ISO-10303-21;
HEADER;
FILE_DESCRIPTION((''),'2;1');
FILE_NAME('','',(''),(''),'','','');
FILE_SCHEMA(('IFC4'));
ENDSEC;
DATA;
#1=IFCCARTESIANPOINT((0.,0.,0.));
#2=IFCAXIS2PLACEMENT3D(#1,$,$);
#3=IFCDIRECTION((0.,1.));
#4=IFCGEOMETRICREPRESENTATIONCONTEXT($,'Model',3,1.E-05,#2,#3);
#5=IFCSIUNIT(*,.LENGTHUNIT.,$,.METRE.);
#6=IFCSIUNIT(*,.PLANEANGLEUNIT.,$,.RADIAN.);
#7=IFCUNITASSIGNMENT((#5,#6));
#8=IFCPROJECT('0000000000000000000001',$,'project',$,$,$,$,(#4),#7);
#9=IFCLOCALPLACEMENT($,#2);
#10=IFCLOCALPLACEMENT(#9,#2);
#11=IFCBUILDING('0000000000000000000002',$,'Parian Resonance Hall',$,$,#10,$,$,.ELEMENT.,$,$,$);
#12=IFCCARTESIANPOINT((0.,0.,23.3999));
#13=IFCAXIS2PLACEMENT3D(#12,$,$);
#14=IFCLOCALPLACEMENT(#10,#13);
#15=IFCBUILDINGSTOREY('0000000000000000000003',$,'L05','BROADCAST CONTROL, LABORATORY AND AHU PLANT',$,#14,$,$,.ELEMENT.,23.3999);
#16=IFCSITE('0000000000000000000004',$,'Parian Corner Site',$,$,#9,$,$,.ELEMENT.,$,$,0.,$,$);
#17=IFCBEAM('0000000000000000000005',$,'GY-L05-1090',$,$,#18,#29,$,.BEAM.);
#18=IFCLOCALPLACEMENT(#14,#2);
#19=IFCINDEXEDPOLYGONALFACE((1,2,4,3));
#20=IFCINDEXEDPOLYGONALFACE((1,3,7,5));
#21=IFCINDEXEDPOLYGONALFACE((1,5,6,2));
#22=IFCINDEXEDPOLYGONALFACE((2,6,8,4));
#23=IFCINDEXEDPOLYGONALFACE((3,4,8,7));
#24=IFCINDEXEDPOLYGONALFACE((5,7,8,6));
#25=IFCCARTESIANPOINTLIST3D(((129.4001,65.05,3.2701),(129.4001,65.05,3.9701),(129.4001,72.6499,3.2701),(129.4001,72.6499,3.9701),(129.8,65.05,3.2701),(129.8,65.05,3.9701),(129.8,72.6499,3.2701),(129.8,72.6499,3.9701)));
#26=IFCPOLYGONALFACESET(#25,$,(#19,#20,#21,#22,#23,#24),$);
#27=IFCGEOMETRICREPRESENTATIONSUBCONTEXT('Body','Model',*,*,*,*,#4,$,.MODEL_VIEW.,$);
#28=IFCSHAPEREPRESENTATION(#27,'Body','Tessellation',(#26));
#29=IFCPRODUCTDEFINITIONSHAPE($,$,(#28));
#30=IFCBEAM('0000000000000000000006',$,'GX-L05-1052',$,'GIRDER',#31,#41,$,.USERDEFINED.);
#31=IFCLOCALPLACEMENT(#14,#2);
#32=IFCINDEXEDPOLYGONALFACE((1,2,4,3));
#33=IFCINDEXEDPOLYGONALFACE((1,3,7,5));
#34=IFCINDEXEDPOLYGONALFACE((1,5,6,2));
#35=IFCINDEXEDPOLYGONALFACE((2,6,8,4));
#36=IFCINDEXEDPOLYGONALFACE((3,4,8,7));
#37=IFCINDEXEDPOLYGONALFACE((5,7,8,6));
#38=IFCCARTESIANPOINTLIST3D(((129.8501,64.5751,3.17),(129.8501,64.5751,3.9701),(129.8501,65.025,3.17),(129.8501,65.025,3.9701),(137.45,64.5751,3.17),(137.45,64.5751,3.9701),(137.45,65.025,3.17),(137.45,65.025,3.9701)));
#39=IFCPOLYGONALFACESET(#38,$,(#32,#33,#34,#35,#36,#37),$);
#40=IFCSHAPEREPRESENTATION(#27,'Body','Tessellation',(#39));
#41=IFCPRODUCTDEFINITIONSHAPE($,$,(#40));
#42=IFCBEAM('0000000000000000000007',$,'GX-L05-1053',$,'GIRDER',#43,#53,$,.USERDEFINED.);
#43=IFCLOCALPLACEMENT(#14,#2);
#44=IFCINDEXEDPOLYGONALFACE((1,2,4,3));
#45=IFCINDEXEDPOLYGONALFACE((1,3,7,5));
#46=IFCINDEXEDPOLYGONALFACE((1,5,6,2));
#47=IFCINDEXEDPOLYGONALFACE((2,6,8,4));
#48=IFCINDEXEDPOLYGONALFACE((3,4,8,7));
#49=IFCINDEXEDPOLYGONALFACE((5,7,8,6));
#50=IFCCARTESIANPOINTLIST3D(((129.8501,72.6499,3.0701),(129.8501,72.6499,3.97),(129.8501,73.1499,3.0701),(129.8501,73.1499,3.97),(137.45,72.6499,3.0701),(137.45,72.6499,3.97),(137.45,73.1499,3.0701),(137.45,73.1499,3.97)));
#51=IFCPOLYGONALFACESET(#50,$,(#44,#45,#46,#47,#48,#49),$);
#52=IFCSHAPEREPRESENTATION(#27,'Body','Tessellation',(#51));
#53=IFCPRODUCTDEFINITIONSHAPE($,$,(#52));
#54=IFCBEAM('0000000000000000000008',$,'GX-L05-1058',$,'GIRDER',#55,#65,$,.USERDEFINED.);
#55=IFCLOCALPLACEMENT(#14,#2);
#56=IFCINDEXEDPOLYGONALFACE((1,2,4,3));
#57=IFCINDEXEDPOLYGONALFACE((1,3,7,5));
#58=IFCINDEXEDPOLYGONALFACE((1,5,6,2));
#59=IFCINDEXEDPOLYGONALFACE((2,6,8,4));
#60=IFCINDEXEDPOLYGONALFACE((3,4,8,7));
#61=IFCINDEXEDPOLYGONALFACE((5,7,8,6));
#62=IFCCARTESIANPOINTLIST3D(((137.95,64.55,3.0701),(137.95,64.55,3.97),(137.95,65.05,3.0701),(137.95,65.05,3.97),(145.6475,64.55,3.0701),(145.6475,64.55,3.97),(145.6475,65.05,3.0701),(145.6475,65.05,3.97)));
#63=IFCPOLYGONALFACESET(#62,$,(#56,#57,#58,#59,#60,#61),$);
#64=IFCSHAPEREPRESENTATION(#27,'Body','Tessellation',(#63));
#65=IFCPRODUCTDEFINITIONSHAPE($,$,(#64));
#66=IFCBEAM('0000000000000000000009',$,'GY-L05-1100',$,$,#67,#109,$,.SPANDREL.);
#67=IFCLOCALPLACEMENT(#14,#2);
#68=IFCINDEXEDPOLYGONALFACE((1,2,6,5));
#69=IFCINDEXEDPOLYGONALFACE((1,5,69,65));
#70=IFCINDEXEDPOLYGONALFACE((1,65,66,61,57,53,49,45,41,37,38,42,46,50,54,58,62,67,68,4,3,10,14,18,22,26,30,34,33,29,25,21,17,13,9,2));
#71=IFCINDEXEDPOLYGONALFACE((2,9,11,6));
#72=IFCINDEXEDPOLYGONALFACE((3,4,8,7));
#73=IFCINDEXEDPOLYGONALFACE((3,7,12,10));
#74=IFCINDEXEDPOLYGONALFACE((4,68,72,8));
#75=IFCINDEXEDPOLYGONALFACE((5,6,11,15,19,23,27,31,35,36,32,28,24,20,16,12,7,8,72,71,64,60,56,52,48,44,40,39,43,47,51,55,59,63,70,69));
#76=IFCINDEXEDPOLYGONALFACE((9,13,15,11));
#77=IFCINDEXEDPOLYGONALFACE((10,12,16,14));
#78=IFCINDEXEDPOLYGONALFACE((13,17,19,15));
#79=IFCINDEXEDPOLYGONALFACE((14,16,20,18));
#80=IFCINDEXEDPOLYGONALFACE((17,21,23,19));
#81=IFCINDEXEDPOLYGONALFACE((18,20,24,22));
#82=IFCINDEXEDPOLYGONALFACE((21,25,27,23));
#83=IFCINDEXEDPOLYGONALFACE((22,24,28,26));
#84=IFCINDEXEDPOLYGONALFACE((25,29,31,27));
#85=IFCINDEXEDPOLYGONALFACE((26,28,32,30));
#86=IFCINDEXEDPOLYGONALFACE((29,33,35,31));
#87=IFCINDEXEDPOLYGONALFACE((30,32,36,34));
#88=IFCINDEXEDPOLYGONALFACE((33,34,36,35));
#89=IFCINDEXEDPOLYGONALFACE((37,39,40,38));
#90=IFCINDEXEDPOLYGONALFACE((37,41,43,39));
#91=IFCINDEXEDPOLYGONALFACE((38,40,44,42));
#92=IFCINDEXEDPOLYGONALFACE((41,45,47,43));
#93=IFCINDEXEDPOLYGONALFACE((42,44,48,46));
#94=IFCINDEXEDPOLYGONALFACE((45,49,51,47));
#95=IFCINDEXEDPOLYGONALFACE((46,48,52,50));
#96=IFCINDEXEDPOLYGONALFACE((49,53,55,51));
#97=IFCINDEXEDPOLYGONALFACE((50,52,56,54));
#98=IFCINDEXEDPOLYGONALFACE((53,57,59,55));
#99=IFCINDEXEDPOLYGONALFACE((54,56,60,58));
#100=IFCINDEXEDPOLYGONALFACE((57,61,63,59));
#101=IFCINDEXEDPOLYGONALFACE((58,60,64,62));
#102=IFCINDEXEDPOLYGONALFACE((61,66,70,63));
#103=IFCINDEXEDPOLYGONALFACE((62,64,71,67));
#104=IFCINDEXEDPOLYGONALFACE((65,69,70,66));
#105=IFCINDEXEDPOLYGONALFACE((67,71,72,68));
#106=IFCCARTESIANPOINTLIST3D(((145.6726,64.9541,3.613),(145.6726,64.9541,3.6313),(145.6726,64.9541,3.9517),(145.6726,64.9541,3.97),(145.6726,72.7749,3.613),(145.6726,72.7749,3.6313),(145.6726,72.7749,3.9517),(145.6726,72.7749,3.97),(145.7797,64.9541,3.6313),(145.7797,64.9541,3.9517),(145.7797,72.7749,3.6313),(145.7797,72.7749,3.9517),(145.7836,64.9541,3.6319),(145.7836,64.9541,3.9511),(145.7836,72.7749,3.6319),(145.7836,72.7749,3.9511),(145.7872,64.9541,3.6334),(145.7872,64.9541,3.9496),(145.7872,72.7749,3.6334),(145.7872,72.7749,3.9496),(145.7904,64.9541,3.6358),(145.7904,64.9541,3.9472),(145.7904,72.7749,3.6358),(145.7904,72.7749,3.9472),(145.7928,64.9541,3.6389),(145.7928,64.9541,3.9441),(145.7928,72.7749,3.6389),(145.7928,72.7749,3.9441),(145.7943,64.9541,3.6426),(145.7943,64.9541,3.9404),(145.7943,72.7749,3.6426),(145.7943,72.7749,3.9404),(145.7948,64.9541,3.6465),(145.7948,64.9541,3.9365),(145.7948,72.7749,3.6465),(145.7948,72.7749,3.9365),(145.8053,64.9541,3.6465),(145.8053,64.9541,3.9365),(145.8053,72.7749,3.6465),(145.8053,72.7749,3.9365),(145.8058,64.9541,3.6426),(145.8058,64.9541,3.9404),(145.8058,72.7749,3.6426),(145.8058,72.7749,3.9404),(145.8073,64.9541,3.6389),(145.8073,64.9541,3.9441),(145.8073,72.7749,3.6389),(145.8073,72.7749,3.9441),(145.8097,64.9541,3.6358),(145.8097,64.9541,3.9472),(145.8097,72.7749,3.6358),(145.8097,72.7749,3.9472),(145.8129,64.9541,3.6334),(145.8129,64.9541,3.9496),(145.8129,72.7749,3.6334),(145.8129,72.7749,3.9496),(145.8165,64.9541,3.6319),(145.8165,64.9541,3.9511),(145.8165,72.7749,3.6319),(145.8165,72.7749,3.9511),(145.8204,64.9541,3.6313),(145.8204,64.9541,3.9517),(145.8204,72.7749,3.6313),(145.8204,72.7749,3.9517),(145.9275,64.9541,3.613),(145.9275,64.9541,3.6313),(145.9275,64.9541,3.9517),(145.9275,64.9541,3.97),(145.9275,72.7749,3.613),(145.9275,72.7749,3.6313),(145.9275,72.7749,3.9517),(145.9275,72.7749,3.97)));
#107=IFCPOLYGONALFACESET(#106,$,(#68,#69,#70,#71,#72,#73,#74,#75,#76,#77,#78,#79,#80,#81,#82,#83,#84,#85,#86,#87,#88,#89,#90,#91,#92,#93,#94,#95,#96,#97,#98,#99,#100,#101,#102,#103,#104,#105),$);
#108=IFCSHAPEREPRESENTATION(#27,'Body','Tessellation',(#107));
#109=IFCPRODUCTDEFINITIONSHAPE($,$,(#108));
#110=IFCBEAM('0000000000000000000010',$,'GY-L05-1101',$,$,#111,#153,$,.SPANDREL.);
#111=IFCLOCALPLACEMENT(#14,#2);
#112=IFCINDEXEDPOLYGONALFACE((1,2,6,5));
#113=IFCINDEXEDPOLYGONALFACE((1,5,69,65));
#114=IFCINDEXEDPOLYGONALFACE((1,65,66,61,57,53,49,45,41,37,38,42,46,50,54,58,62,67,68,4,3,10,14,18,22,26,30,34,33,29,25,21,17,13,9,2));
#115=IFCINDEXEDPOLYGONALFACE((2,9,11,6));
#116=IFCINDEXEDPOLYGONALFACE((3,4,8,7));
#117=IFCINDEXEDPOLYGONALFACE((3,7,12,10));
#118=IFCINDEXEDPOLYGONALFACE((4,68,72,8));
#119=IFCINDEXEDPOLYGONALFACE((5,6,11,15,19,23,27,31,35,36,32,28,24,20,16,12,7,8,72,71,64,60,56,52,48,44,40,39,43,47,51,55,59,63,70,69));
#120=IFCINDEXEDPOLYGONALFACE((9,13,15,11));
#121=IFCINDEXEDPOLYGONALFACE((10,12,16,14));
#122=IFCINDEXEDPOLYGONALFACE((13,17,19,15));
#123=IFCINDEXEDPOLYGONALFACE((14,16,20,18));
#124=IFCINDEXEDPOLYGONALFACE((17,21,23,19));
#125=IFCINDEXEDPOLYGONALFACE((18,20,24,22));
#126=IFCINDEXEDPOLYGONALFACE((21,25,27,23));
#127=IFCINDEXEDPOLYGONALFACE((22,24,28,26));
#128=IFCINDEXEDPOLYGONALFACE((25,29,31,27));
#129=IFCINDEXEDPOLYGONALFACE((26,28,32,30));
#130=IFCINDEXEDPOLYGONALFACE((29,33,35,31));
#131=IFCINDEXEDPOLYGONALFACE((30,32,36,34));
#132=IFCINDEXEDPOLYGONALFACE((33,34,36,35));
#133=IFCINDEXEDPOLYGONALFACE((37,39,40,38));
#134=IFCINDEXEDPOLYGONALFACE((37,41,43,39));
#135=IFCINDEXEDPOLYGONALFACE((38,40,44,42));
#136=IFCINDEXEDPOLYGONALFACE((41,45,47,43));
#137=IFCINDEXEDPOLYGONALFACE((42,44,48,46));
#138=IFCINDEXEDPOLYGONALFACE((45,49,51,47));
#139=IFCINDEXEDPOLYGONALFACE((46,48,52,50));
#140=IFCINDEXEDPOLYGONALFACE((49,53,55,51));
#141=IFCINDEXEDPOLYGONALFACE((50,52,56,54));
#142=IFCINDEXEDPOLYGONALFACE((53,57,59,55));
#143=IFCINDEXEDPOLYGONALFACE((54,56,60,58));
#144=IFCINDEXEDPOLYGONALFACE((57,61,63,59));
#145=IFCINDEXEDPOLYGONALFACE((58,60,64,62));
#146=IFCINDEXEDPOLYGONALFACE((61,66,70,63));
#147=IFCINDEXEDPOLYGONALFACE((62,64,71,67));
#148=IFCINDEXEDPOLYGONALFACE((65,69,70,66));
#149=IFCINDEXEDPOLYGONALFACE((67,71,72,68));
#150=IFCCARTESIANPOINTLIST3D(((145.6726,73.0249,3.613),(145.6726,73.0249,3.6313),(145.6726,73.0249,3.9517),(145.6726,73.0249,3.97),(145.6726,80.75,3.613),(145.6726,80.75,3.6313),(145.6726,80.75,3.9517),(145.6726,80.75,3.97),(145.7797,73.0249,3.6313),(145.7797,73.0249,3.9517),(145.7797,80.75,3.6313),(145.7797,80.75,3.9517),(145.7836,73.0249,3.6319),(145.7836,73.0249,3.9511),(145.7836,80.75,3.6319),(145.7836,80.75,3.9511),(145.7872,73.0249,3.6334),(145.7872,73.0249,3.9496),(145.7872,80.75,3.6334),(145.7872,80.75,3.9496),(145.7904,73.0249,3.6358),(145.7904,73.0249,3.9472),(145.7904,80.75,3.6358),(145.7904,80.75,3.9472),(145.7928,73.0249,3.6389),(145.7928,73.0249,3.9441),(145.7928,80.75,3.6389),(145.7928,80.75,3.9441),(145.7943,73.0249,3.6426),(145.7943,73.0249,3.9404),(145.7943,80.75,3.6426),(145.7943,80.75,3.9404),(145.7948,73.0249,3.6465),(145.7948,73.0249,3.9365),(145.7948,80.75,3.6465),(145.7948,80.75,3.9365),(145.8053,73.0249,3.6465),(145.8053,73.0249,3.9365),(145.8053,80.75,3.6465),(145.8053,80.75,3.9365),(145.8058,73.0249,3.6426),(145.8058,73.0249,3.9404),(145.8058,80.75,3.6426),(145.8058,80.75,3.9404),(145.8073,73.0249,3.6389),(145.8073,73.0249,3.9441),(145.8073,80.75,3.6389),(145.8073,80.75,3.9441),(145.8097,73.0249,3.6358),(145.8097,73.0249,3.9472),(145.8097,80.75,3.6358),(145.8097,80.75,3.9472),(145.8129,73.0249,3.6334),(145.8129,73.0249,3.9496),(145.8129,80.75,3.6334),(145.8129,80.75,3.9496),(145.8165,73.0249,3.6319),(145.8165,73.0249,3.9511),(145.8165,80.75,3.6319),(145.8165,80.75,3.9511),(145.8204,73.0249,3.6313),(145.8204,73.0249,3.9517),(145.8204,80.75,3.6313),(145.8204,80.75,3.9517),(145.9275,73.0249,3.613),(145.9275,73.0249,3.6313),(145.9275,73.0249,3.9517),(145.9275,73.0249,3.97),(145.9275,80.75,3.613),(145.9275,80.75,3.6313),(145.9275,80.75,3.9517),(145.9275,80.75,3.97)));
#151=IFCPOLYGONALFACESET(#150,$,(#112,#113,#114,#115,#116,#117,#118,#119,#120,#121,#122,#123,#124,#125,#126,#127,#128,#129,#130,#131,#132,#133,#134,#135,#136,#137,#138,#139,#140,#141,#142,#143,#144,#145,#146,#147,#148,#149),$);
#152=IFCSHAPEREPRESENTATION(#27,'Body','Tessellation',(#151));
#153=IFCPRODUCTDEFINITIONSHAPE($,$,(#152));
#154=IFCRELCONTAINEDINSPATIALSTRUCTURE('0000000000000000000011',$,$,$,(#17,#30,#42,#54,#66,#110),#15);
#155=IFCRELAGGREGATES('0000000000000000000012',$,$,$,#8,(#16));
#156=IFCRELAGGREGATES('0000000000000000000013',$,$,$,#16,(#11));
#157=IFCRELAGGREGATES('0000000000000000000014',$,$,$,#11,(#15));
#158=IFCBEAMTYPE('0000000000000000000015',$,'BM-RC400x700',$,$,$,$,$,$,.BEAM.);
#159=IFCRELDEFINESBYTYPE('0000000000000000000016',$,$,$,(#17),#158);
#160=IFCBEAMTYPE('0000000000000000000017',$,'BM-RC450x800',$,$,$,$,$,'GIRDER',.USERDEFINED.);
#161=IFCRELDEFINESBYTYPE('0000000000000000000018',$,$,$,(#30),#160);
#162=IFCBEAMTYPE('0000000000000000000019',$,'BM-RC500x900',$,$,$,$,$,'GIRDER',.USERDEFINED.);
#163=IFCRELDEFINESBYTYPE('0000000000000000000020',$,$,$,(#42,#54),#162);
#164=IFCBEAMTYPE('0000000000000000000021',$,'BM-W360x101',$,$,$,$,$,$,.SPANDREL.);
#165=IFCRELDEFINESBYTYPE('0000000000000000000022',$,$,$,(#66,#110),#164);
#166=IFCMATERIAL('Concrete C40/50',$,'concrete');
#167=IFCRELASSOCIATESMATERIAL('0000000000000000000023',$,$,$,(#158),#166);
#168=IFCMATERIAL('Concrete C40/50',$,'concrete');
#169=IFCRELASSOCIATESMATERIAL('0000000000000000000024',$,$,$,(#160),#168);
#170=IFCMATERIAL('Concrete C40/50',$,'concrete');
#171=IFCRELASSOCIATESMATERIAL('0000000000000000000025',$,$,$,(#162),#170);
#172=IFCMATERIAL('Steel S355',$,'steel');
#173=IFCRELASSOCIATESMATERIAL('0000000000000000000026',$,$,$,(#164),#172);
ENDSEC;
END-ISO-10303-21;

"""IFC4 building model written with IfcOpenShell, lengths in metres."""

from ifc_helpers import new_model, si_unit, direction, frame, origin, origin_2d, place, context, subcontext, project, spatial, rectangle, i_section, extrude, material, material_profile, profile_set, type_object, element, save


model = new_model("IFC4")

# Units and contexts
model_context = context("Model", 3, precision=1e-05, world=origin(), true_north=direction((0.0, 1.0)))
body_context = subcontext(model_context, "Body", "Model", "MODEL_VIEW")
ifc_project = project(units=[si_unit("LENGTHUNIT", "METRE"), si_unit("PLANEANGLEUNIT", "RADIAN")], contexts=[model_context])

# Site, building, storey
site_placement = place(None, origin())
site = spatial("IfcSite", under=ifc_project, at=site_placement, Name="Parian Corner Site", CompositionType="ELEMENT", RefElevation=0.0)
building_placement = place(site_placement, origin())
building = spatial("IfcBuilding", under=site, at=building_placement, Name="Parian Resonance Hall", CompositionType="ELEMENT")
storey_placement = place(building_placement, frame((0.0, 0.0, 23.3999)))
storey = spatial("IfcBuildingStorey", under=building, at=storey_placement, Name="L05", Description="BROADCAST CONTROL, LABORATORY AND AHU PLANT", CompositionType="ELEMENT", Elevation=23.3999)

# Beams
ifc_material_1 = material(Name="Concrete C40/50", Category="concrete")
ifc_material_profile_1 = material_profile(ifc_material_1, rectangle(XDim=0.3999, YDim=0.7, at=origin_2d()), Name="RC-BM-400x700")
ifc_profile_set_1 = profile_set([ifc_material_profile_1], Name="Concrete C40/50")
beam_type_1 = type_object("IfcBeamType", Name="BM-RC400x700", PredefinedType="BEAM", material=ifc_profile_set_1)
beam_1_placement = place(storey_placement, frame((129.6001, 65.05, 3.6201), z_axis=(0.0, 1.0, 0.0), x_axis=(-1.0, 0.0, 0.0)))
element("IfcBeam", 1, at=beam_1_placement, inside=storey, type_object=beam_type_1, Name="GY-L05-1090", PredefinedType="BEAM", context=body_context, shape_type="SweptSolid", body=[
    extrude(rectangle(XDim=0.3999, YDim=0.7, at=origin_2d()), origin(), (0.0, 0.0, 1.0), 7.5999),
])
ifc_material_2 = material(Name="Concrete C40/50", Category="concrete")
ifc_material_profile_2 = material_profile(ifc_material_2, rectangle(XDim=0.45, YDim=0.8, at=origin_2d()), Name="RC-BM-450x800")
ifc_profile_set_2 = profile_set([ifc_material_profile_2], Name="Concrete C40/50")
beam_type_2 = type_object("IfcBeamType", Name="BM-RC450x800", ElementType="GIRDER", PredefinedType="USERDEFINED", material=ifc_profile_set_2)
beam_2_placement = place(storey_placement, frame((129.8501, 64.8, 3.5701), z_axis=(1.0, 0.0, 0.0), x_axis=(0.0, 1.0, 0.0)))
element("IfcBeam", 2, at=beam_2_placement, inside=storey, type_object=beam_type_2, Name="GX-L05-1052", ObjectType="GIRDER", PredefinedType="USERDEFINED", context=body_context, shape_type="SweptSolid", body=[
    extrude(rectangle(XDim=0.45, YDim=0.8, at=origin_2d()), origin(), (0.0, 0.0, 1.0), 7.5999),
])
ifc_material_3 = material(Name="Concrete C40/50", Category="concrete")
ifc_material_profile_3 = material_profile(ifc_material_3, rectangle(XDim=0.5, YDim=0.8999, at=origin_2d()), Name="RC-BM-500x900")
ifc_profile_set_3 = profile_set([ifc_material_profile_3], Name="Concrete C40/50")
beam_type_3 = type_object("IfcBeamType", Name="BM-RC500x900", ElementType="GIRDER", PredefinedType="USERDEFINED", material=ifc_profile_set_3)
beam_3_placement = place(storey_placement, frame((129.8501, 72.8999, 3.52), z_axis=(1.0, 0.0, 0.0), x_axis=(0.0, 1.0, 0.0)))
element("IfcBeam", 3, at=beam_3_placement, inside=storey, type_object=beam_type_3, Name="GX-L05-1053", ObjectType="GIRDER", PredefinedType="USERDEFINED", context=body_context, shape_type="SweptSolid", body=[
    extrude(rectangle(XDim=0.5, YDim=0.8999, at=origin_2d()), origin(), (0.0, 0.0, 1.0), 7.5999),
])
beam_4_placement = place(storey_placement, frame((137.95, 64.8, 3.52), z_axis=(1.0, 0.0, 0.0), x_axis=(0.0, 1.0, 0.0)))
element("IfcBeam", 4, at=beam_4_placement, inside=storey, type_object=beam_type_3, Name="GX-L05-1058", ObjectType="GIRDER", PredefinedType="USERDEFINED", context=body_context, shape_type="SweptSolid", body=[
    extrude(rectangle(XDim=0.5, YDim=0.8999, at=origin_2d()), origin(), (0.0, 0.0, 1.0), 7.6975),
])
ifc_material_4 = material(Name="Steel S355", Category="steel")
ifc_material_profile_4 = material_profile(ifc_material_4, i_section(OverallWidth=0.2549, OverallDepth=0.3569, WebThickness=0.0105, FlangeThickness=0.0183, FilletRadius=0.0151, at=origin_2d()), Name="W360x101")
ifc_profile_set_4 = profile_set([ifc_material_profile_4], Name="Steel S355")
beam_type_4 = type_object("IfcBeamType", Name="BM-W360x101", PredefinedType="SPANDREL", material=ifc_profile_set_4)
beam_5_placement = place(storey_placement, frame((145.8, 64.9541, 3.7915), z_axis=(0.0, 1.0, 0.0), x_axis=(-1.0, 0.0, 0.0)))
element("IfcBeam", 5, at=beam_5_placement, inside=storey, type_object=beam_type_4, Name="GY-L05-1100", PredefinedType="SPANDREL", context=body_context, shape_type="SweptSolid", body=[
    extrude(i_section(OverallWidth=0.2549, OverallDepth=0.3569, WebThickness=0.0105, FlangeThickness=0.0183, FilletRadius=0.0151, at=origin_2d()), origin(), (0.0, 0.0, 1.0), 7.8208),
])
beam_6_placement = place(storey_placement, frame((145.8, 73.0249, 3.7915), z_axis=(0.0, 1.0, 0.0), x_axis=(-1.0, 0.0, 0.0)))
element("IfcBeam", 6, at=beam_6_placement, inside=storey, type_object=beam_type_4, Name="GY-L05-1101", PredefinedType="SPANDREL", context=body_context, shape_type="SweptSolid", body=[
    extrude(i_section(OverallWidth=0.2549, OverallDepth=0.3569, WebThickness=0.0105, FlangeThickness=0.0183, FilletRadius=0.0151, at=origin_2d()), origin(), (0.0, 0.0, 1.0), 7.7251),
])

save(model, "model.ifc")
